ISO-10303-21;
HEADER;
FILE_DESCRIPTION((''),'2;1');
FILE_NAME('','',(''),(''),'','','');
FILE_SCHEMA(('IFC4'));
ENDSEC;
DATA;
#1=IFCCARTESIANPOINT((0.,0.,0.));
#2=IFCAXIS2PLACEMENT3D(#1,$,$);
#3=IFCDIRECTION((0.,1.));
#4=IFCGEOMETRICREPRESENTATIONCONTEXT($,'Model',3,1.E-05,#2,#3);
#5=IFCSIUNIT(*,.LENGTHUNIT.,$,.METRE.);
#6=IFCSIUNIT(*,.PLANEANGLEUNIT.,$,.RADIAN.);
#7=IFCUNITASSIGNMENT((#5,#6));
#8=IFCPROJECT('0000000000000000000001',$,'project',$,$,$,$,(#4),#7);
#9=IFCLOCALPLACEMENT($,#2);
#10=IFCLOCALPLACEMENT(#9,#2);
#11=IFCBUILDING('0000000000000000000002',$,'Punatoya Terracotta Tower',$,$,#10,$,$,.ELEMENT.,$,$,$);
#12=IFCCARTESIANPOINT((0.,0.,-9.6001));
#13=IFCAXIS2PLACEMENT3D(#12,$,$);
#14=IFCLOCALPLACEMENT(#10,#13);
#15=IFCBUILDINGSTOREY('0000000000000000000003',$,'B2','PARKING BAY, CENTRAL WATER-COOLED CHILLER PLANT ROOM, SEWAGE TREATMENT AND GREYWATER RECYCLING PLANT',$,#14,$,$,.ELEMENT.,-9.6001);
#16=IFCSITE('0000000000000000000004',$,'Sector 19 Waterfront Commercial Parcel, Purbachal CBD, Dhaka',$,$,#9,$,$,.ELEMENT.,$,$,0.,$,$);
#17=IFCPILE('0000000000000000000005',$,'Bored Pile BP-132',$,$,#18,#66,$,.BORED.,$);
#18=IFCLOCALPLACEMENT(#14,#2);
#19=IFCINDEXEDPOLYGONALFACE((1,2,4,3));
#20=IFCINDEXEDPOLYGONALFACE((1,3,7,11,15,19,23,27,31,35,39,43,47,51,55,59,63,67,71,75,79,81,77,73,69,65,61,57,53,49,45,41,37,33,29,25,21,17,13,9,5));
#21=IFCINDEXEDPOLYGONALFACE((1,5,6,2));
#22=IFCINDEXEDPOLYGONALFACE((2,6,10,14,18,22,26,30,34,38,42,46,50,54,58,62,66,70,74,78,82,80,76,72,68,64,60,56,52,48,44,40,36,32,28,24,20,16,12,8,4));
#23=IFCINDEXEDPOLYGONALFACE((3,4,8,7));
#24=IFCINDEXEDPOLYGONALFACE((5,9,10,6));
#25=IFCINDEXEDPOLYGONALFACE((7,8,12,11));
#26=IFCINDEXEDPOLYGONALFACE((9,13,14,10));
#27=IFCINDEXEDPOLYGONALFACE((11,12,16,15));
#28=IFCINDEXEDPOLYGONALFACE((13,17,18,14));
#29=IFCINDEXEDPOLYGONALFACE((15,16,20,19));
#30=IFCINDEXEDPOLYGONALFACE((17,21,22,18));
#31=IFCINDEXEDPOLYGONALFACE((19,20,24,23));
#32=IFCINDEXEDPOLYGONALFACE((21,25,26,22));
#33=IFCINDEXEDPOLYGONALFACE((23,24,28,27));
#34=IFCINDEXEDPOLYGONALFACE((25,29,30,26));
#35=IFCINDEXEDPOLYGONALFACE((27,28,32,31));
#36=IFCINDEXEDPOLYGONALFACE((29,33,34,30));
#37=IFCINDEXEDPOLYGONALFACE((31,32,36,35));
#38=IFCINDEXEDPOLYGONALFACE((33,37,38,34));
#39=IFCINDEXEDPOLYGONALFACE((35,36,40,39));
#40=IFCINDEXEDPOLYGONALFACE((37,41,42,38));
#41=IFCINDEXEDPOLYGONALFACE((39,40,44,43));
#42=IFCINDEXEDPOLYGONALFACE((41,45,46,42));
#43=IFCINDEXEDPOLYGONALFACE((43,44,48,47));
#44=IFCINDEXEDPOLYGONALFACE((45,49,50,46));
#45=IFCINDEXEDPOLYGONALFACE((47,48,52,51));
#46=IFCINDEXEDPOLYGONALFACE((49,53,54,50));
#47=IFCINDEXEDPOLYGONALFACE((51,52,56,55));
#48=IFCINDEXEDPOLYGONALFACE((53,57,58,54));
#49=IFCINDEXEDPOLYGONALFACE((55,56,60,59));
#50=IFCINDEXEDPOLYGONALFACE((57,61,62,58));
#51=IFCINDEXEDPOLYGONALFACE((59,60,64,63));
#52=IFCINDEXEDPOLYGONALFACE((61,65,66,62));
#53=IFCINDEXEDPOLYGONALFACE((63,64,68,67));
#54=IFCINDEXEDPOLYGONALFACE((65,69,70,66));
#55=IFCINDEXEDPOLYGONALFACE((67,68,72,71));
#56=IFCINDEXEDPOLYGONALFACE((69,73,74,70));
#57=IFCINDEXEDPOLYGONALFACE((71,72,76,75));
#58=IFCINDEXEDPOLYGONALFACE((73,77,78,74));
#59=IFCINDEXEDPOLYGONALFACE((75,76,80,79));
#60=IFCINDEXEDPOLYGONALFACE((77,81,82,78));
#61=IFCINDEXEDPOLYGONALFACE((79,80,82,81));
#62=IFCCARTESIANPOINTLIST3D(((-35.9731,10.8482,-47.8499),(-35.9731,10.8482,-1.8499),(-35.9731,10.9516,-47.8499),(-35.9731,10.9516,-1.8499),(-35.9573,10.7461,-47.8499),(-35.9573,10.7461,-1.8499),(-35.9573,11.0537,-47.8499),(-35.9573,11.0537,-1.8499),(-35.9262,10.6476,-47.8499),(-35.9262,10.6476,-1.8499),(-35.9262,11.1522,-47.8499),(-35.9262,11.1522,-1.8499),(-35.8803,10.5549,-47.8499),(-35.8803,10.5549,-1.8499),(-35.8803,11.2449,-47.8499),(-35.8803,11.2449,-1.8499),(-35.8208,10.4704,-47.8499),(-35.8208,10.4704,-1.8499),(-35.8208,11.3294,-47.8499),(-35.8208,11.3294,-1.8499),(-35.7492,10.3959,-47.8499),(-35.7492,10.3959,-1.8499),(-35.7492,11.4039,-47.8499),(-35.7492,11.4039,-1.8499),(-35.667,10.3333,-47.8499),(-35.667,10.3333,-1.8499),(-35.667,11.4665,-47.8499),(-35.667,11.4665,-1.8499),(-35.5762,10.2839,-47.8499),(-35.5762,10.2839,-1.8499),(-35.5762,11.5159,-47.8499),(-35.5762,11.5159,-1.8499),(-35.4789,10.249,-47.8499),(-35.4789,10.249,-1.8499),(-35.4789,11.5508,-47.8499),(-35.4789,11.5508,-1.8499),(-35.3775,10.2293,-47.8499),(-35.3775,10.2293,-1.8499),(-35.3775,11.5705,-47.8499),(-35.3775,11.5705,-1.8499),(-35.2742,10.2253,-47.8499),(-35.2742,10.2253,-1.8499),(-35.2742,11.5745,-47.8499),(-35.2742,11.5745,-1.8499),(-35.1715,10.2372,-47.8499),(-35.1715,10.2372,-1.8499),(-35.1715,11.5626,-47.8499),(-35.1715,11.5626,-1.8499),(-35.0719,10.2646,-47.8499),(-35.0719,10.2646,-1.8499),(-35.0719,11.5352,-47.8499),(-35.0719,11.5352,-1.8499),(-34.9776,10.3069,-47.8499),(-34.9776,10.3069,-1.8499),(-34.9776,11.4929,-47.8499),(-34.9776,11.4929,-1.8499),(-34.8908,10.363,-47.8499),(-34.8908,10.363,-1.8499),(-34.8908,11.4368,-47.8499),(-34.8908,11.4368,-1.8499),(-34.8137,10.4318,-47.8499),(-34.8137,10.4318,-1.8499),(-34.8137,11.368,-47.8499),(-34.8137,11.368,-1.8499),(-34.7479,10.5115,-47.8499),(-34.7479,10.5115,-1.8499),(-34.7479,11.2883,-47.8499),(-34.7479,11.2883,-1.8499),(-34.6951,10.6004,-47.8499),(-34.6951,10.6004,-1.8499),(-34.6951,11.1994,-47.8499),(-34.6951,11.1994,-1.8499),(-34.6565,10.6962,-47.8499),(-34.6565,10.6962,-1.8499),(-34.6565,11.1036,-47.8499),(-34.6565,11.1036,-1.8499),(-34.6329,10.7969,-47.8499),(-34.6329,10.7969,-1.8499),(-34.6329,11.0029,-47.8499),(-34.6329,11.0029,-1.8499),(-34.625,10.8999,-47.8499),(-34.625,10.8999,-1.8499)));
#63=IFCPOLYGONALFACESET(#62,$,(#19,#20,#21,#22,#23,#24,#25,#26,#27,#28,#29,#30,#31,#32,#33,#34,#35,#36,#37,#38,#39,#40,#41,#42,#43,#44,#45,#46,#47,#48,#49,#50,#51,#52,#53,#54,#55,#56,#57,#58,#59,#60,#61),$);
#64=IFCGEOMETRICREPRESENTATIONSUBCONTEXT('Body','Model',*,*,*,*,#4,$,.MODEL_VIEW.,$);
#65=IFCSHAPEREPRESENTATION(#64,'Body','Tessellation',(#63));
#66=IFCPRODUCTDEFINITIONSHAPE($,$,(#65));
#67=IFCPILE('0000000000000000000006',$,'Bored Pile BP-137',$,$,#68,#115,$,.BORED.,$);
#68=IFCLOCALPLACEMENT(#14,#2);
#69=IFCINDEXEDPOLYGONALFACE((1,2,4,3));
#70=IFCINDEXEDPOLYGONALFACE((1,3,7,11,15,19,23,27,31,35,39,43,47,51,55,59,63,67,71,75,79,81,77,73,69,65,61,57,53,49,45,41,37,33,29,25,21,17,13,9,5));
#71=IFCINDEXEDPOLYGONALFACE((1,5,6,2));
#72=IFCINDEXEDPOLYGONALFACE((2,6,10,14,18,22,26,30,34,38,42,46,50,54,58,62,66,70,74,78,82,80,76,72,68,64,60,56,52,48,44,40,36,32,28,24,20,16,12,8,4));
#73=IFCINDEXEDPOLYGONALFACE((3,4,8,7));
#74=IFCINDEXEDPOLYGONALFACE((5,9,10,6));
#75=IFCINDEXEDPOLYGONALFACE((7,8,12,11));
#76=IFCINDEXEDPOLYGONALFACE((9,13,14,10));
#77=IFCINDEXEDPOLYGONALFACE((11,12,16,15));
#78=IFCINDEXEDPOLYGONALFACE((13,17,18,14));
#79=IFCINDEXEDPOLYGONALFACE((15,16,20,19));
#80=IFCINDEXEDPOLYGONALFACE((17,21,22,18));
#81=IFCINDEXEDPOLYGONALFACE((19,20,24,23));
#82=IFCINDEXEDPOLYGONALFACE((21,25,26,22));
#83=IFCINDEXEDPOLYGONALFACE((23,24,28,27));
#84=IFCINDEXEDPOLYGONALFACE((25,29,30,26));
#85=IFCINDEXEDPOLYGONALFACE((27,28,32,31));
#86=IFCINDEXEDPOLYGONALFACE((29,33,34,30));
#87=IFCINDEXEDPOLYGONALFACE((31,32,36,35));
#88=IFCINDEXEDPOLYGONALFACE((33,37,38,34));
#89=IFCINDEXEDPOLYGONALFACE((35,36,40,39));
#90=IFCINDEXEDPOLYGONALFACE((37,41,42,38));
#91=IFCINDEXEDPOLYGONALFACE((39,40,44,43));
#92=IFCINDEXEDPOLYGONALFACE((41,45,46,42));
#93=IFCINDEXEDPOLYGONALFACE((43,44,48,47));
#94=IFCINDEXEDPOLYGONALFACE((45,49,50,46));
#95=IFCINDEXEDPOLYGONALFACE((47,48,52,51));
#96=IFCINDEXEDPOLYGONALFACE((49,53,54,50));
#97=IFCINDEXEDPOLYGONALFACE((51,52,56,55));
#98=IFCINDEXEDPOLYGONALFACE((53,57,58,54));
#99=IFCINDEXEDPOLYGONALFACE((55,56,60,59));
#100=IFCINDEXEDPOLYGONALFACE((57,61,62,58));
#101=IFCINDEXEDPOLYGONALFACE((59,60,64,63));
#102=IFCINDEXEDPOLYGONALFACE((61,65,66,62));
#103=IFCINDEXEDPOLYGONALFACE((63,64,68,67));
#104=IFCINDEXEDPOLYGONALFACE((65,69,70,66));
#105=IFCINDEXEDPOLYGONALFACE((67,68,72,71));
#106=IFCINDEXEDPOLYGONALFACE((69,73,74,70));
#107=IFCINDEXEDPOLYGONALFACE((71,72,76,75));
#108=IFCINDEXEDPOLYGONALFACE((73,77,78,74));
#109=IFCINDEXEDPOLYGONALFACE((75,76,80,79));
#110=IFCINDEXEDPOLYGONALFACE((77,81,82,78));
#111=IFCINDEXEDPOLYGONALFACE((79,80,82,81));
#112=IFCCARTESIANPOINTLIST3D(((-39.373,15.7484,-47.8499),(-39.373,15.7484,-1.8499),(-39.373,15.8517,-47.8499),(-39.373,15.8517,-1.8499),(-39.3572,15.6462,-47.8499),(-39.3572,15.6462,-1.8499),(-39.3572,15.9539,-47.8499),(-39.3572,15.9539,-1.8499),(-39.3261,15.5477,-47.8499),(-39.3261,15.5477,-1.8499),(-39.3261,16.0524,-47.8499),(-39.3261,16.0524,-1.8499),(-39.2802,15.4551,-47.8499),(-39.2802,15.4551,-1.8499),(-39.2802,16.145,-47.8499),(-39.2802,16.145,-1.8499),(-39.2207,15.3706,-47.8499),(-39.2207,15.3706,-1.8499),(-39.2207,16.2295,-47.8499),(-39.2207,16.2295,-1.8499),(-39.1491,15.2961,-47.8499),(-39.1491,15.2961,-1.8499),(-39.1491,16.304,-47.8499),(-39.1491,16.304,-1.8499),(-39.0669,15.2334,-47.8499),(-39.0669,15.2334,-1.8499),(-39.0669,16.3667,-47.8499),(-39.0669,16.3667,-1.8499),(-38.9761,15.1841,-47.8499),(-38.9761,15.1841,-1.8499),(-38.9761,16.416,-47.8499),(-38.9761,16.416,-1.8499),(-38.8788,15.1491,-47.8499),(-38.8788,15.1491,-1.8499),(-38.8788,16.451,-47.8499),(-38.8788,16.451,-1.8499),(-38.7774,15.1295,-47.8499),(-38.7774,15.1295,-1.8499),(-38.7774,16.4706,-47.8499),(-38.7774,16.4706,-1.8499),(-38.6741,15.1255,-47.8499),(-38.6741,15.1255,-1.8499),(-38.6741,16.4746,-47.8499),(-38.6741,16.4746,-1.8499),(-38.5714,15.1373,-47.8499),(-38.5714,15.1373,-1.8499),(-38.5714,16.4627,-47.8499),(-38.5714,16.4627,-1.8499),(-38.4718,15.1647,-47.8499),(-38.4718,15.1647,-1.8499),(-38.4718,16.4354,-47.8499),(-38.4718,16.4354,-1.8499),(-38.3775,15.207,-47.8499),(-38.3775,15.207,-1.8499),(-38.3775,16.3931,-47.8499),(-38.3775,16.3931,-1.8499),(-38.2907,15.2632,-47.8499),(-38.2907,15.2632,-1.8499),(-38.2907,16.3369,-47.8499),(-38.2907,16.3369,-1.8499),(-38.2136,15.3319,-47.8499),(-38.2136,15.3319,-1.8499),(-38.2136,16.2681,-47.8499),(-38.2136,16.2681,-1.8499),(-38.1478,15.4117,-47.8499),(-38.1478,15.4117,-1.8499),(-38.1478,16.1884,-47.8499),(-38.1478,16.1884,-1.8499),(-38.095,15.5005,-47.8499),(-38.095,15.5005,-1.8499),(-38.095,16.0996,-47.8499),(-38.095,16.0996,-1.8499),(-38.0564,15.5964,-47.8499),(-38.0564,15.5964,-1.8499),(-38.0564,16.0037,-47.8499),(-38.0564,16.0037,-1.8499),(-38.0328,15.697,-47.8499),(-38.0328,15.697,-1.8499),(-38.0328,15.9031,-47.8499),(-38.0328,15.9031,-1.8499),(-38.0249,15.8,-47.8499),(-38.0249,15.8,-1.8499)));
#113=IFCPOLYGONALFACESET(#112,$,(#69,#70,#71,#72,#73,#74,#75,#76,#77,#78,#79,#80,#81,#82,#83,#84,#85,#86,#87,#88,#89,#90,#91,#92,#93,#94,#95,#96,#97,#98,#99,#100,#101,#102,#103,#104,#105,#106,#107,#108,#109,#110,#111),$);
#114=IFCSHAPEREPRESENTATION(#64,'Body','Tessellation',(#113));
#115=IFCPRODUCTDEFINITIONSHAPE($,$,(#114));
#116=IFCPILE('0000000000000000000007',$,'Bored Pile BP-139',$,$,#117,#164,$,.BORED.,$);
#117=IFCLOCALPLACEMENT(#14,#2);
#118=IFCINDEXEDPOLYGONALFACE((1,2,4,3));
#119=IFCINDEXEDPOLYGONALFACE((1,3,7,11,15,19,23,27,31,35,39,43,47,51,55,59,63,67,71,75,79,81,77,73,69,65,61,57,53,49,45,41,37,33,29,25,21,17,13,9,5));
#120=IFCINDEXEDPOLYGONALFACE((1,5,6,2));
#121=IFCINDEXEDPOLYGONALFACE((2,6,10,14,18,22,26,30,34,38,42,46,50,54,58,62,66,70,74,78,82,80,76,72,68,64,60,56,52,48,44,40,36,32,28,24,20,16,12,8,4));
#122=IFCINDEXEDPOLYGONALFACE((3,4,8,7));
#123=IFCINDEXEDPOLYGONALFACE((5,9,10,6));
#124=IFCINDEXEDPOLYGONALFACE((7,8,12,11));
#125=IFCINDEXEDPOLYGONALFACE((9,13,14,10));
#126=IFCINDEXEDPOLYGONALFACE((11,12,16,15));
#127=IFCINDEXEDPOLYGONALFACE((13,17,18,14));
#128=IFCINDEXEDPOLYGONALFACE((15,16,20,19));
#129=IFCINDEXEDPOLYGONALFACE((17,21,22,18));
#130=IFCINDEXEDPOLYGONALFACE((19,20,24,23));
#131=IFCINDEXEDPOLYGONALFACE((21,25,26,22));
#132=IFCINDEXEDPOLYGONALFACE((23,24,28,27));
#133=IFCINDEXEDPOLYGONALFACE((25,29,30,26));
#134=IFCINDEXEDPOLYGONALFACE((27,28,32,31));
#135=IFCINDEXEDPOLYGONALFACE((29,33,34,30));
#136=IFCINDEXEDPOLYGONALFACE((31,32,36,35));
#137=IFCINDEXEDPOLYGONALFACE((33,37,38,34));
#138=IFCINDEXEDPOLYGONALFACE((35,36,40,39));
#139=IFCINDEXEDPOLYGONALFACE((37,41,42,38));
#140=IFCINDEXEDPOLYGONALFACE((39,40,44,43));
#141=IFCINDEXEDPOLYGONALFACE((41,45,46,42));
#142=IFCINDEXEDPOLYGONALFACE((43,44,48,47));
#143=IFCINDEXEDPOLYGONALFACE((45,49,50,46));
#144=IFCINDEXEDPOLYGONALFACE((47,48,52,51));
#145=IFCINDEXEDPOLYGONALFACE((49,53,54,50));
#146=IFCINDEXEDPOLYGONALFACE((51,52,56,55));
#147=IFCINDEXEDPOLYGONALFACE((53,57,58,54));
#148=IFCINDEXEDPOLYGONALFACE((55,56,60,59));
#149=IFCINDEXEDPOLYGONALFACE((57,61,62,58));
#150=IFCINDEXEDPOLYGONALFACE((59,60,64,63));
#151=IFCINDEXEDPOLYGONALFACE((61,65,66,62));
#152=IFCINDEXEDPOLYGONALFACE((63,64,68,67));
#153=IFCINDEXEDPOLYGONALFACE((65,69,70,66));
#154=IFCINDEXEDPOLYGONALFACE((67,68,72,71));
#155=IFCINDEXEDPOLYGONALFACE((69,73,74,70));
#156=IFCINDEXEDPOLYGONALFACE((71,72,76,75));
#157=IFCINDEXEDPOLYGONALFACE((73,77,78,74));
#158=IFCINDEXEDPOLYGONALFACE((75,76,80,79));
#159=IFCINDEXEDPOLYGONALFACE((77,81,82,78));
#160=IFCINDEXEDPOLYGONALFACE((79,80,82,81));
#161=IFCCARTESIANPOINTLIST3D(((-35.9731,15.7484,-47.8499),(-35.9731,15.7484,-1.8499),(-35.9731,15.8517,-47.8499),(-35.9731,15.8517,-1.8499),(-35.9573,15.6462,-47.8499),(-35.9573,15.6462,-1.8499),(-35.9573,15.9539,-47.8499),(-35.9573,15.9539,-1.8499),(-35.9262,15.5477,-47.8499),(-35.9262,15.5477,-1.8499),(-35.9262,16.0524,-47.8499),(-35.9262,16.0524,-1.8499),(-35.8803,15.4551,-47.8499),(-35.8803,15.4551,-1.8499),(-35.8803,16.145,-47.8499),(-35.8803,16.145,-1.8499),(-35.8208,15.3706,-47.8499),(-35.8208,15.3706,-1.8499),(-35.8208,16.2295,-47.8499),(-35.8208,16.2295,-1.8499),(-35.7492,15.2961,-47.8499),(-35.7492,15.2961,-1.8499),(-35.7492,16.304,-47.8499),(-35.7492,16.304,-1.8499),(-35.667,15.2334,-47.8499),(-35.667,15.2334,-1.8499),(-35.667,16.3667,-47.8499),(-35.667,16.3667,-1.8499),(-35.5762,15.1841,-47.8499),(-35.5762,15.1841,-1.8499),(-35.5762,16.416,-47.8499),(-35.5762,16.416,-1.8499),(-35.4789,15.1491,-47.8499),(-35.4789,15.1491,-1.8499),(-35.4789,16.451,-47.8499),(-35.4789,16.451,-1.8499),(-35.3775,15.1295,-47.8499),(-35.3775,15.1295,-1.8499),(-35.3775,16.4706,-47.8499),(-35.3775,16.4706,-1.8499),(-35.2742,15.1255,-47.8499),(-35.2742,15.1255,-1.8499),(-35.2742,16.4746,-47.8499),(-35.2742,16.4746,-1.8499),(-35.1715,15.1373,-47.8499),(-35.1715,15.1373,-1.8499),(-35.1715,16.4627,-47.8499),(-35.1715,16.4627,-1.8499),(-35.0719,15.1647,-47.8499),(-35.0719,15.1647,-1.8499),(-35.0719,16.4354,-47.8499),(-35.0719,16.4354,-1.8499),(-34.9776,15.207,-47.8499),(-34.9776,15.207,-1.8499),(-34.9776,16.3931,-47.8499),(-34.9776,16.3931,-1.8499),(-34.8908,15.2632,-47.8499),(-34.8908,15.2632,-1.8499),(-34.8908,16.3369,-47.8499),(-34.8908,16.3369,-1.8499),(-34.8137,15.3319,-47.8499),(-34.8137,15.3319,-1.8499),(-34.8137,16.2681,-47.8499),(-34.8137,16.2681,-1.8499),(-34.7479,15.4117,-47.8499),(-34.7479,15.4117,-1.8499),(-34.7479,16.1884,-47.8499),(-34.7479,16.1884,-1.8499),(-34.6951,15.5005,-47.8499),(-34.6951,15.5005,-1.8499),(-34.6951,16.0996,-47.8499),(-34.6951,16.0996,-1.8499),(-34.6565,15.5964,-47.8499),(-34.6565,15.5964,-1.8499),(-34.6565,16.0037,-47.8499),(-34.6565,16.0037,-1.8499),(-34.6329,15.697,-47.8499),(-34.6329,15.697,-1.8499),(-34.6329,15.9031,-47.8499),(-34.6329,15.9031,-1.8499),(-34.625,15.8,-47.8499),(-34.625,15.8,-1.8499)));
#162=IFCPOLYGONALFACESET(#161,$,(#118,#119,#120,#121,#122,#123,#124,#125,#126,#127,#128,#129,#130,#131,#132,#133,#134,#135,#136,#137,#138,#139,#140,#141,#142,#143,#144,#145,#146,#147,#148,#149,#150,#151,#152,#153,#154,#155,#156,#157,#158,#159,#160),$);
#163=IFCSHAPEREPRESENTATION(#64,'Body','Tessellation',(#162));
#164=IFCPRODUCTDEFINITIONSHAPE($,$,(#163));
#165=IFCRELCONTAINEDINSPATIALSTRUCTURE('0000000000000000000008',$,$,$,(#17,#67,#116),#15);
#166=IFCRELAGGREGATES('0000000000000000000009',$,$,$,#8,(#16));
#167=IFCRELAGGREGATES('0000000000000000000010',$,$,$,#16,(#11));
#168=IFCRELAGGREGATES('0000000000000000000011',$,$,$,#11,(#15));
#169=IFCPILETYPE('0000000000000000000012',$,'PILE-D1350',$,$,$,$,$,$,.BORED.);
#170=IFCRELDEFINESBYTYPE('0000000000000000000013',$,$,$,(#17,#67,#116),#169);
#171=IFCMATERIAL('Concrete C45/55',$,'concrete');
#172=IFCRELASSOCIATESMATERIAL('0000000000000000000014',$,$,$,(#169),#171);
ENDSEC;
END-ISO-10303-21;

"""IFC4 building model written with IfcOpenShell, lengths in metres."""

from ifc_helpers import new_model, si_unit, direction, frame, origin, origin_2d, place, context, subcontext, project, spatial, circle, extrude, material, material_profile, profile_set, type_object, element, save


model = new_model("IFC4")

# Units and contexts
model_context = context("Model", 3, precision=1e-05, world=origin(), true_north=direction((0.0, 1.0)))
body_context = subcontext(model_context, "Body", "Model", "MODEL_VIEW")
ifc_project = project(units=[si_unit("LENGTHUNIT", "METRE"), si_unit("PLANEANGLEUNIT", "RADIAN")], contexts=[model_context])

# Site, building, storey
site_placement = place(None, origin())
site = spatial("IfcSite", under=ifc_project, at=site_placement, Name="Sector 19 Waterfront Commercial Parcel, Purbachal CBD, Dhaka", CompositionType="ELEMENT", RefElevation=0.0)
building_placement = place(site_placement, origin())
building = spatial("IfcBuilding", under=site, at=building_placement, Name="Punatoya Terracotta Tower", CompositionType="ELEMENT")
storey_placement = place(building_placement, frame((0.0, 0.0, -9.6001)))
storey = spatial("IfcBuildingStorey", under=building, at=storey_placement, Name="B2", Description="PARKING BAY, CENTRAL WATER-COOLED CHILLER PLANT ROOM, SEWAGE TREATMENT AND GREYWATER RECYCLING PLANT", CompositionType="ELEMENT", Elevation=-9.6001)

# Shared definitions
ifc_material_1 = material(Name="Concrete C45/55", Category="concrete")

# Piles
ifc_material_profile_1 = material_profile(ifc_material_1, circle(Radius=0.675, at=origin_2d()))
ifc_profile_set_1 = profile_set([ifc_material_profile_1], Name="Concrete C45/55")
pile_type_1 = type_object("IfcPileType", Name="PILE-D1350", PredefinedType="BORED", material=ifc_profile_set_1)
for number, where, z_axis, x_axis, name in (
    (1, (-35.3, 10.8999, -1.8499), (0.0, 0.0, -1.0), (1.0, 0.0, 0.0), "Bored Pile BP-132"),
    (2, (-38.7, 15.8, -1.8499), (0.0, 0.0, -1.0), (1.0, 0.0, 0.0), "Bored Pile BP-137"),
    (3, (-35.3, 15.8, -1.8499), (0.0, 0.0, -1.0), (1.0, 0.0, 0.0), "Bored Pile BP-139"),
):
    element("IfcPile", number, at=place(storey_placement, frame(where, z_axis=z_axis, x_axis=x_axis)), inside=storey, type_object=pile_type_1, Name=name, PredefinedType="BORED", context=body_context, shape_type="SweptSolid", body=[
        extrude(circle(Radius=0.675, at=origin_2d()), origin(), (0.0, 0.0, 1.0), 46.0),
    ])

save(model, "model.ifc")
